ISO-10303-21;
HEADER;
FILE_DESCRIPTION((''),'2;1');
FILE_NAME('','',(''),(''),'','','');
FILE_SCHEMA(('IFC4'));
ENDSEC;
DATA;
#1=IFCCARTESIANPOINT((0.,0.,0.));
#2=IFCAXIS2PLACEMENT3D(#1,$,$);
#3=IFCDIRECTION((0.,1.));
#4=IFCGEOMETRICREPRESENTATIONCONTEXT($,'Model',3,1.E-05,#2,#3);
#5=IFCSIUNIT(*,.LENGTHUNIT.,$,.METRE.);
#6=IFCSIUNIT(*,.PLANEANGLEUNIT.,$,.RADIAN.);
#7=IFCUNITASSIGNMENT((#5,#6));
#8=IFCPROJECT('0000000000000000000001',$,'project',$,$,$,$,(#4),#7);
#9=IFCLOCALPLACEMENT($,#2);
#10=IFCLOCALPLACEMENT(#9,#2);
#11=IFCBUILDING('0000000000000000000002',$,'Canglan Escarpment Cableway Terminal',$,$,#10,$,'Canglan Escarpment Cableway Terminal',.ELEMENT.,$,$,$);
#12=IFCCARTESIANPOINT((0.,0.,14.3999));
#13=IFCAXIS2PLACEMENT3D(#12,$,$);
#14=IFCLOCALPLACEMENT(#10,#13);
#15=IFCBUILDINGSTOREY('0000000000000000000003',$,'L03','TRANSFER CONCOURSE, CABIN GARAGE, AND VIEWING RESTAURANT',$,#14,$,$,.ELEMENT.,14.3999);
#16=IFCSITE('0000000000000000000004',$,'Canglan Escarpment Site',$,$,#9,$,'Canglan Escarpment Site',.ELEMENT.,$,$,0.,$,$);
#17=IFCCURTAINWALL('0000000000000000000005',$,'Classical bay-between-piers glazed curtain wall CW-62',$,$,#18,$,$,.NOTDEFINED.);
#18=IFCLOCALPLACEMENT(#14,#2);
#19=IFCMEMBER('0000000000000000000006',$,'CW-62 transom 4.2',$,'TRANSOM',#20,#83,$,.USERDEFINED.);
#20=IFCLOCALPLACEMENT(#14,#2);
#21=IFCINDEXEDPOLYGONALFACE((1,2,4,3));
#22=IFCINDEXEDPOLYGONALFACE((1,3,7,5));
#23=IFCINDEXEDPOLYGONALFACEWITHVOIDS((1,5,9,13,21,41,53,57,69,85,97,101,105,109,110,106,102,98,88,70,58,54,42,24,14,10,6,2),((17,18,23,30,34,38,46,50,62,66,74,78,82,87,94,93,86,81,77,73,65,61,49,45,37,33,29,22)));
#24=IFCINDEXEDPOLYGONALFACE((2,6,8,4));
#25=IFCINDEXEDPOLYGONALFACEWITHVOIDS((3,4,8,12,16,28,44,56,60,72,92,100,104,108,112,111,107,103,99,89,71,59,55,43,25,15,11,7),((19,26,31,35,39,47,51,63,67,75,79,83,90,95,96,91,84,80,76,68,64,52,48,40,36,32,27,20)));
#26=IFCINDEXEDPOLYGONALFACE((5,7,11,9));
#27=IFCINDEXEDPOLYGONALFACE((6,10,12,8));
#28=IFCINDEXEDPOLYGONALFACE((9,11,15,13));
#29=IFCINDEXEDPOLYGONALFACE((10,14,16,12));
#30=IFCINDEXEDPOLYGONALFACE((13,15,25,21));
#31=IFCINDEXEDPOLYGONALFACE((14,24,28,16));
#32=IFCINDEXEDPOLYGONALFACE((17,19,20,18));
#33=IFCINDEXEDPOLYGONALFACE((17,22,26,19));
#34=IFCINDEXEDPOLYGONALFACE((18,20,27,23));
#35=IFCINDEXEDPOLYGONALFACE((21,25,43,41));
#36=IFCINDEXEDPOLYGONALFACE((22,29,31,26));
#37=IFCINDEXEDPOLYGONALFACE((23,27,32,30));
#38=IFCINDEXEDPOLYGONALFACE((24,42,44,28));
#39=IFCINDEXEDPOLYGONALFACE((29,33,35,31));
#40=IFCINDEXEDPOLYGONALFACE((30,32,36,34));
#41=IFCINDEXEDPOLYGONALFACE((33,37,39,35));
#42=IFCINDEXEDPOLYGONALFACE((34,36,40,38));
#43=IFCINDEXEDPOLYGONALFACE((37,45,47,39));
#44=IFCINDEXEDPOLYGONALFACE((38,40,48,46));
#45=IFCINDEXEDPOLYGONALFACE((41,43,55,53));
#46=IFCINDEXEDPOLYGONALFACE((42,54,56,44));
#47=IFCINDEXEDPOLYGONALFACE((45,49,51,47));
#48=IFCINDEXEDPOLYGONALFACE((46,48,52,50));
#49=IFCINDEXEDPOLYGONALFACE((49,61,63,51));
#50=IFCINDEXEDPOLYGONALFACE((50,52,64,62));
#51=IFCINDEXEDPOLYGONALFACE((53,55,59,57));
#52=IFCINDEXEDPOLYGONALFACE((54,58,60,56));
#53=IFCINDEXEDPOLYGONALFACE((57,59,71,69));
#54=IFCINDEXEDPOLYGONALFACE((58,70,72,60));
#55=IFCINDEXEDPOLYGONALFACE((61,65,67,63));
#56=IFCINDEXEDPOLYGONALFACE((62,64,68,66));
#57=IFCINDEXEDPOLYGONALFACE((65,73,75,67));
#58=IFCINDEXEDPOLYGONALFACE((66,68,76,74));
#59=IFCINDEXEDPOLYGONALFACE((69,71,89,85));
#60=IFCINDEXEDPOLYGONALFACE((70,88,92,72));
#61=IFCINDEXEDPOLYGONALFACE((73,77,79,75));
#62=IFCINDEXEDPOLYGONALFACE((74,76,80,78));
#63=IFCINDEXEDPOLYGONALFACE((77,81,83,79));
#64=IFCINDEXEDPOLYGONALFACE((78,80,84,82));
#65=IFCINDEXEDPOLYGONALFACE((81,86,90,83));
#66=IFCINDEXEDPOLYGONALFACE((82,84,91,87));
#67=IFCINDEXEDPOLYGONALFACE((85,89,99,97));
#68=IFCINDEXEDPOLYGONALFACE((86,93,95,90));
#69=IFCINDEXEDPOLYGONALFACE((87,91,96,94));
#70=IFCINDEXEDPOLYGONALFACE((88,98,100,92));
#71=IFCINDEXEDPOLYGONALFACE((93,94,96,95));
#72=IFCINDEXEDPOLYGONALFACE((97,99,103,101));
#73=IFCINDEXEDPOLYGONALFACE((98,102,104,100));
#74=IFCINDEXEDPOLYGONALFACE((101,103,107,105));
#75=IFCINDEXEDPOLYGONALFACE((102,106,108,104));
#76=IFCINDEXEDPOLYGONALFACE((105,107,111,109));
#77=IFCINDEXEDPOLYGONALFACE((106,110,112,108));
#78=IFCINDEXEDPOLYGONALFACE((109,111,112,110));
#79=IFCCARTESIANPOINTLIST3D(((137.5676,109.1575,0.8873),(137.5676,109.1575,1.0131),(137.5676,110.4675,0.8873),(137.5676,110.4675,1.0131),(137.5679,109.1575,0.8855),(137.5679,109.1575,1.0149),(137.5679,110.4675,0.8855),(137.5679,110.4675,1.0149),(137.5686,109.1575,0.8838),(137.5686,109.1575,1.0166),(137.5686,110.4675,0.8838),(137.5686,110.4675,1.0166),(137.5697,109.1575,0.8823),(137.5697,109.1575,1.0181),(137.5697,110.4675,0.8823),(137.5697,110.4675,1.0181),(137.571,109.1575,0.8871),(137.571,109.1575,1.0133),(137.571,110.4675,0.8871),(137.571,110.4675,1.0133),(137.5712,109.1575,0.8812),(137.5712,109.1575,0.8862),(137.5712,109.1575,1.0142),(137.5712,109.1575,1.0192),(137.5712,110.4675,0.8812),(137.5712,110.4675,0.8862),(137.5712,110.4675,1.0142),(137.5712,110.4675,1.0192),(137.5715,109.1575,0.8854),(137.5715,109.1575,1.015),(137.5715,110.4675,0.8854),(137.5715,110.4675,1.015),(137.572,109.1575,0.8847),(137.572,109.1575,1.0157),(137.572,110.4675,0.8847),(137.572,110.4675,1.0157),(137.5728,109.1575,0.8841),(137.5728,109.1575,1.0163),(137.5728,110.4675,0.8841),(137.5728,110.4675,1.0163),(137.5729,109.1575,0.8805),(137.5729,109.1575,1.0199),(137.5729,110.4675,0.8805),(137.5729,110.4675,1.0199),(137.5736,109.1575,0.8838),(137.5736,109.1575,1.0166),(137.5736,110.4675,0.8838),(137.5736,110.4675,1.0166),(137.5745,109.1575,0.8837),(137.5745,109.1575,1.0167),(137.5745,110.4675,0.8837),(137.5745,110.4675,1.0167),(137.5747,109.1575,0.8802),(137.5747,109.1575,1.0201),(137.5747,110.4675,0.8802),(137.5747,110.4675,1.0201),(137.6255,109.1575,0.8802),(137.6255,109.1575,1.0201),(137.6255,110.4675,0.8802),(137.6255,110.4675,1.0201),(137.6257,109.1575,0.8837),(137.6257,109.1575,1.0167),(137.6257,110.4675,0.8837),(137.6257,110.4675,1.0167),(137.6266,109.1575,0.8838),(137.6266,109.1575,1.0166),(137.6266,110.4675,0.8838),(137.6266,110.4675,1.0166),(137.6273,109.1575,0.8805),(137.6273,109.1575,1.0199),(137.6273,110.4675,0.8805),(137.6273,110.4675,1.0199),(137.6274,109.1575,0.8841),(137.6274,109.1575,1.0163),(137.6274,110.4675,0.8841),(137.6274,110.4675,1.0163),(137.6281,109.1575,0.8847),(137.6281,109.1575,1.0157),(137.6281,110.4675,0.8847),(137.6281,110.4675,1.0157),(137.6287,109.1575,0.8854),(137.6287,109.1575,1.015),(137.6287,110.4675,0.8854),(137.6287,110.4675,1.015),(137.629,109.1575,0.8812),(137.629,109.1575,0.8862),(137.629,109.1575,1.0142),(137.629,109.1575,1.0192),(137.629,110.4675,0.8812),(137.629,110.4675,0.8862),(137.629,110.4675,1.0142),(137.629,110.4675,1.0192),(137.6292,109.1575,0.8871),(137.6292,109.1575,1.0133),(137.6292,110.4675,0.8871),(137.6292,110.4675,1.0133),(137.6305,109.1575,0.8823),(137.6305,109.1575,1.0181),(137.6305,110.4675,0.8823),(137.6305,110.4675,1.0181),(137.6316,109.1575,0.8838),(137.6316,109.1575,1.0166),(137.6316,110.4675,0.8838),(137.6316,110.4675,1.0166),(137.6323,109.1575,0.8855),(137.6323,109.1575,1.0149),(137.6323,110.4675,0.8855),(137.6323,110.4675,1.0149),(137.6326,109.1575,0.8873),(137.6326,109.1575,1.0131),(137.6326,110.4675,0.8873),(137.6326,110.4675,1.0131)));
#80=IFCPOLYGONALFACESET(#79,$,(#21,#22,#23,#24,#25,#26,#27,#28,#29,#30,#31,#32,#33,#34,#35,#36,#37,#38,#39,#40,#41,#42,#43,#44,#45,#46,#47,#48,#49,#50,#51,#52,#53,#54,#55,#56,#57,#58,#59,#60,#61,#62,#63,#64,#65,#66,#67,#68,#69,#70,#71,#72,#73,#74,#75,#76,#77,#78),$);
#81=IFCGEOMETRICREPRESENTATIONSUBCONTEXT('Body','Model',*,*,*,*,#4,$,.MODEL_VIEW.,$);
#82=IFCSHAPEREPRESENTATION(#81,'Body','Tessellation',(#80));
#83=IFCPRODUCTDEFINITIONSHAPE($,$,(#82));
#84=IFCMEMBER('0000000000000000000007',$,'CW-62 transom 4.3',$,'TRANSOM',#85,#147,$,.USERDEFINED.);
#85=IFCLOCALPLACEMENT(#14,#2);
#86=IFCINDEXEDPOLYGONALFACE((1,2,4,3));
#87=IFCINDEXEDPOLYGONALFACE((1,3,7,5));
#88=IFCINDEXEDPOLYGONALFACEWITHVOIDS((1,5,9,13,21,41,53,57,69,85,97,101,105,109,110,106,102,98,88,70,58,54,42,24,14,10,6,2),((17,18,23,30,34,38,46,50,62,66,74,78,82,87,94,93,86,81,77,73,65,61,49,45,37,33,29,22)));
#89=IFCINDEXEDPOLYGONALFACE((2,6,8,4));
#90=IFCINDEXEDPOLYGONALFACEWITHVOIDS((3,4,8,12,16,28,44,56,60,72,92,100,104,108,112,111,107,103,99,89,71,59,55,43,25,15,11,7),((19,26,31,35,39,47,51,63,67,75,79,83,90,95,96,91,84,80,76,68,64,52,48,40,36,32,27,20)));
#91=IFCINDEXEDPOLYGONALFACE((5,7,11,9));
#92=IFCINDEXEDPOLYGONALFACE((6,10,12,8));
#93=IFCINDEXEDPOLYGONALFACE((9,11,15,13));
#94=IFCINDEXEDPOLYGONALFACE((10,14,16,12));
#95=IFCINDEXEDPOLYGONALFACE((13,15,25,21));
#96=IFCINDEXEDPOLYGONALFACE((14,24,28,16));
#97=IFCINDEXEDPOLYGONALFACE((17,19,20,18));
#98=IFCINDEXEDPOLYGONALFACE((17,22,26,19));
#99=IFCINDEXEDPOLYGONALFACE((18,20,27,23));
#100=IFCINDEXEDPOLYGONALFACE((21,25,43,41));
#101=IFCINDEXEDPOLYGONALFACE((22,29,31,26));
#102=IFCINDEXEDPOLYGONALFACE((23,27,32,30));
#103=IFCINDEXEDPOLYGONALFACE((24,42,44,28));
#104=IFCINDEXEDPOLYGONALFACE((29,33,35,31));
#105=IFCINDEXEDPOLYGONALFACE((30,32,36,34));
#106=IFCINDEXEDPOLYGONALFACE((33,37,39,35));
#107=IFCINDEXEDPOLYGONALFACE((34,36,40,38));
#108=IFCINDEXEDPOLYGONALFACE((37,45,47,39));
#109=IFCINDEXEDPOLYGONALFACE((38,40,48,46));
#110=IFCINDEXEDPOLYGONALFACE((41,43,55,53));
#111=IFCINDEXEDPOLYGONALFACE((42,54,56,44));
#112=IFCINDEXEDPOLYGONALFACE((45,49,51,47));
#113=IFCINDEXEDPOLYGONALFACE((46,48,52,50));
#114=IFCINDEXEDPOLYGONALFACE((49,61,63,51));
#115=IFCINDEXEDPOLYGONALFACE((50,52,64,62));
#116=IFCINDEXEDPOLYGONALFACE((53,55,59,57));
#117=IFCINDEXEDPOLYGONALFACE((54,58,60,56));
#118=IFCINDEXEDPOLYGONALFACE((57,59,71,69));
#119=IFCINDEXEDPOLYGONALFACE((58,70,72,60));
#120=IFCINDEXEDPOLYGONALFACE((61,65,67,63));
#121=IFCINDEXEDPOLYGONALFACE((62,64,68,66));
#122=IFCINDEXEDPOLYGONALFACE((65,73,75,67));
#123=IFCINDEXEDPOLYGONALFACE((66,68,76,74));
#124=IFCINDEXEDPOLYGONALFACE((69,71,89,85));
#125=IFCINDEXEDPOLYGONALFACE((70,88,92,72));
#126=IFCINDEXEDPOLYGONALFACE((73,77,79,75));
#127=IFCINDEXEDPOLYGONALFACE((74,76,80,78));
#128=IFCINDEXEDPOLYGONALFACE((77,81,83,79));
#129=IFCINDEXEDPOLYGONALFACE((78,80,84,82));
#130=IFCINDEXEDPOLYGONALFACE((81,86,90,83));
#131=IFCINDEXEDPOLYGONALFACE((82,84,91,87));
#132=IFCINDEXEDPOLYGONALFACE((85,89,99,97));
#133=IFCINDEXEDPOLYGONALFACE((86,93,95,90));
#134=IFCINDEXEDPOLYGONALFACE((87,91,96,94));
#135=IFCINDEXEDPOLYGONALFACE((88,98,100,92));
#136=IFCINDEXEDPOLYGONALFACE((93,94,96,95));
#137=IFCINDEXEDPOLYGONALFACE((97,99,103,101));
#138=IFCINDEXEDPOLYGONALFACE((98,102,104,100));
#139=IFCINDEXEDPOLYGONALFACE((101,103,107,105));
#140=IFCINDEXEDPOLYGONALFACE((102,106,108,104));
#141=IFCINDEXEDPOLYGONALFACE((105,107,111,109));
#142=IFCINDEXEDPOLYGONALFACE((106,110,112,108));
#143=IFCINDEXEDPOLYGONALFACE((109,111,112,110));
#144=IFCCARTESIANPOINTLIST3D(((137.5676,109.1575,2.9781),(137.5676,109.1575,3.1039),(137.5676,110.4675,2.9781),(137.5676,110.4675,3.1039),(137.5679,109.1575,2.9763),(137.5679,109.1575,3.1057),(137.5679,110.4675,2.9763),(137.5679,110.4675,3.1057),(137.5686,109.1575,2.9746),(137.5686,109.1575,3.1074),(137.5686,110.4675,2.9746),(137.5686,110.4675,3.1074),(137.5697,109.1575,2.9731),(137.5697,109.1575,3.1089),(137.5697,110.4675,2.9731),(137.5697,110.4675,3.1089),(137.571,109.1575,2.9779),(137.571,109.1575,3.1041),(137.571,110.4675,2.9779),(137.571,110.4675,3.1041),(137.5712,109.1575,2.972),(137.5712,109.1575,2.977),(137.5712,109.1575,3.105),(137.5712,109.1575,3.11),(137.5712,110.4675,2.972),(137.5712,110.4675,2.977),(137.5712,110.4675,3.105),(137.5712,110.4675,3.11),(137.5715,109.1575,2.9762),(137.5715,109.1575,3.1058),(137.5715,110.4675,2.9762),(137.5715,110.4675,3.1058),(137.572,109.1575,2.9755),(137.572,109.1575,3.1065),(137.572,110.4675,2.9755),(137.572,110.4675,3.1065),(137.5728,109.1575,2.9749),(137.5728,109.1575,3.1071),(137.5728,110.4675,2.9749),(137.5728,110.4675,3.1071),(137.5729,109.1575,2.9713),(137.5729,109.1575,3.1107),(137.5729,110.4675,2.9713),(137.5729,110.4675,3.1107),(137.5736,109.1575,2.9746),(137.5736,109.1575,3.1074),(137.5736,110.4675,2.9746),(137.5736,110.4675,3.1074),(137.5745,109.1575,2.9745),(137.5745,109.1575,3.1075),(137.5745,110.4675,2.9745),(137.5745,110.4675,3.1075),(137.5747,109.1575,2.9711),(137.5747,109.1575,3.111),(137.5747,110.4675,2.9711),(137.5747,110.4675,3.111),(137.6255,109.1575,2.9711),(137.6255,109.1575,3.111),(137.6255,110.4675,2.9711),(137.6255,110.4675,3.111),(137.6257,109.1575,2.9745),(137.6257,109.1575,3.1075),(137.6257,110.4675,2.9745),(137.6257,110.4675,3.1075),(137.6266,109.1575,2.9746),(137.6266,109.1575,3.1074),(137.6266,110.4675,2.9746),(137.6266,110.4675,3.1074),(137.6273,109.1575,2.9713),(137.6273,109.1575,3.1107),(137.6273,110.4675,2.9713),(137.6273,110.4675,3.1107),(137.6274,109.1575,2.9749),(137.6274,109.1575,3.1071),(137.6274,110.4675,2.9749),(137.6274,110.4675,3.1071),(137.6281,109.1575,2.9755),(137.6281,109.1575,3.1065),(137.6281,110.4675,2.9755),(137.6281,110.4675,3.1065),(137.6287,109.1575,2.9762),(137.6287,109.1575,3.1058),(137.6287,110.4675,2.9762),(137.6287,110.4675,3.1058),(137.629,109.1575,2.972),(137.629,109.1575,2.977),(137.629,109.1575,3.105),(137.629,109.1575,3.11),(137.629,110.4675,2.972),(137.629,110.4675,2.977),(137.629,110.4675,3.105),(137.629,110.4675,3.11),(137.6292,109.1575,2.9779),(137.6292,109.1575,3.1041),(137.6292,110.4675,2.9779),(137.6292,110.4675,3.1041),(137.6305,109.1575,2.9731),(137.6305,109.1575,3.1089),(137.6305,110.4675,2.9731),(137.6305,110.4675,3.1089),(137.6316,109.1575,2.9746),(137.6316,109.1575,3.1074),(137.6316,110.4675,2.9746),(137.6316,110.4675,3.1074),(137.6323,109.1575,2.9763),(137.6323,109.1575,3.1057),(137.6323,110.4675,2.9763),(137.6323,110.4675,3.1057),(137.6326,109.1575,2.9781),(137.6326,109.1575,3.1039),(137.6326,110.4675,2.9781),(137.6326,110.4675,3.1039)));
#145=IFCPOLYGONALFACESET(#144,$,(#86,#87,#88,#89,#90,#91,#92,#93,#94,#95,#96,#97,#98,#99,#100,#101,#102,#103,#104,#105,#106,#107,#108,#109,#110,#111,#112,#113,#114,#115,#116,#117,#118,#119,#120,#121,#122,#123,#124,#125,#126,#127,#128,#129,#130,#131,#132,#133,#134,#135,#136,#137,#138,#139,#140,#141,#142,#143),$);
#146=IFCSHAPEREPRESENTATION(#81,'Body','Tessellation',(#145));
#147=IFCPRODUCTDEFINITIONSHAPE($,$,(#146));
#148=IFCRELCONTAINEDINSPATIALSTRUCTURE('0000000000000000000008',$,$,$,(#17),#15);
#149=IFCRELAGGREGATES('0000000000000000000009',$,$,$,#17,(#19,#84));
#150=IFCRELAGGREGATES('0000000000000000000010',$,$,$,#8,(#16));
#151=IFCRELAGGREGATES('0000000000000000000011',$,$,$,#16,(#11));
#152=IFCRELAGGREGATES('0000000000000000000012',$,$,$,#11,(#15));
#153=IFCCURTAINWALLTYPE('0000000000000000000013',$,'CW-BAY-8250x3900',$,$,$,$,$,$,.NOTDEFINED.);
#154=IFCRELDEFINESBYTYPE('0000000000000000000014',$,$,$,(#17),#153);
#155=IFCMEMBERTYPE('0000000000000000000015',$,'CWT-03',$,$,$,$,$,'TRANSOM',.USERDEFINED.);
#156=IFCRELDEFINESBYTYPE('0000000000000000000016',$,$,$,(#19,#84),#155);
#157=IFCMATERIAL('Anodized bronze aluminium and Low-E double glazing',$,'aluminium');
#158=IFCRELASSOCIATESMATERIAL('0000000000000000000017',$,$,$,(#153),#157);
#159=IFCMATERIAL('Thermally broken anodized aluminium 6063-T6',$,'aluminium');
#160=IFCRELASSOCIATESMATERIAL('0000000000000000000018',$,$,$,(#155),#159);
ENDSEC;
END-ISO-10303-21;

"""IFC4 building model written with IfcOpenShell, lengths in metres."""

from ifc_helpers import new_model, si_unit, direction, frame, origin, origin_2d, place, context, subcontext, project, spatial, hollow_rectangle, extrude, material, material_profile, profile_set, type_object, element, aggregate, save


model = new_model("IFC4")

# Units and contexts
model_context = context("Model", 3, precision=1e-05, world=origin(), true_north=direction((0.0, 1.0)))
body_context = subcontext(model_context, "Body", "Model", "MODEL_VIEW")
ifc_project = project(units=[si_unit("LENGTHUNIT", "METRE"), si_unit("PLANEANGLEUNIT", "RADIAN")], contexts=[model_context])

# Site, building, storey
site_placement = place(None, origin())
site = spatial("IfcSite", under=ifc_project, at=site_placement, Name="Canglan Escarpment Site", LongName="Canglan Escarpment Site", CompositionType="ELEMENT", RefElevation=0.0)
building_placement = place(site_placement, origin())
building = spatial("IfcBuilding", under=site, at=building_placement, Name="Canglan Escarpment Cableway Terminal", LongName="Canglan Escarpment Cableway Terminal", CompositionType="ELEMENT")
storey_placement = place(building_placement, frame((0.0, 0.0, 14.3999)))
storey = spatial("IfcBuildingStorey", under=building, at=storey_placement, Name="L03", Description="TRANSFER CONCOURSE, CABIN GARAGE, AND VIEWING RESTAURANT", CompositionType="ELEMENT", Elevation=14.3999)

# Curtain wall, members
ifc_material_1 = material(Name="Anodized bronze aluminium and Low-E double glazing", Category="aluminium")
curtain_wall_type = type_object("IfcCurtainWallType", Name="CW-BAY-8250x3900", PredefinedType="NOTDEFINED", material=ifc_material_1)
curtain_wall_placement = place(storey_placement, origin())
curtain_wall = element("IfcCurtainWall", 1, at=curtain_wall_placement, inside=storey, type_object=curtain_wall_type, Name="Classical bay-between-piers glazed curtain wall CW-62", PredefinedType="NOTDEFINED")
ifc_material_2 = material(Name="Thermally broken anodized aluminium 6063-T6", Category="aluminium")
ifc_material_profile_1 = material_profile(ifc_material_2, hollow_rectangle(XDim=0.0649, YDim=0.1399, WallThickness=0.0034, InnerFilletRadius=0.0034, OuterFilletRadius=0.0071, at=origin_2d()), Name="ALU-TRAN 65x140x3.5")
ifc_profile_set_1 = profile_set([ifc_material_profile_1], Name="Thermally broken anodized aluminium 6063-T6")
member_type_1 = type_object("IfcMemberType", Name="CWT-03", ElementType="TRANSOM", PredefinedType="USERDEFINED", material=ifc_profile_set_1)
member_1_placement = place(storey_placement, frame((137.6001, 110.4675, 0.9502), z_axis=(0.0, -1.0, 0.0), x_axis=(1.0, 0.0, 0.0)))
member_1 = element("IfcMember", 2, at=member_1_placement, type_object=member_type_1, Name="CW-62 transom 4.2", ObjectType="TRANSOM", PredefinedType="USERDEFINED", context=body_context, shape_type="SweptSolid", body=[
    extrude(hollow_rectangle(XDim=0.0649, YDim=0.1399, WallThickness=0.0034, InnerFilletRadius=0.0034, OuterFilletRadius=0.0071, at=origin_2d()), origin(), (0.0, 0.0, 1.0), 1.3101),
])
member_2_placement = place(storey_placement, frame((137.6001, 110.4675, 3.041), z_axis=(0.0, -1.0, 0.0), x_axis=(1.0, 0.0, 0.0)))
member_2 = element("IfcMember", 3, at=member_2_placement, type_object=member_type_1, Name="CW-62 transom 4.3", ObjectType="TRANSOM", PredefinedType="USERDEFINED", context=body_context, shape_type="SweptSolid", body=[
    extrude(hollow_rectangle(XDim=0.0649, YDim=0.1399, WallThickness=0.0034, InnerFilletRadius=0.0034, OuterFilletRadius=0.0071, at=origin_2d()), origin(), (0.0, 0.0, 1.0), 1.3101),
])

aggregate(curtain_wall, [member_1, member_2])

save(model, "model.ifc")
